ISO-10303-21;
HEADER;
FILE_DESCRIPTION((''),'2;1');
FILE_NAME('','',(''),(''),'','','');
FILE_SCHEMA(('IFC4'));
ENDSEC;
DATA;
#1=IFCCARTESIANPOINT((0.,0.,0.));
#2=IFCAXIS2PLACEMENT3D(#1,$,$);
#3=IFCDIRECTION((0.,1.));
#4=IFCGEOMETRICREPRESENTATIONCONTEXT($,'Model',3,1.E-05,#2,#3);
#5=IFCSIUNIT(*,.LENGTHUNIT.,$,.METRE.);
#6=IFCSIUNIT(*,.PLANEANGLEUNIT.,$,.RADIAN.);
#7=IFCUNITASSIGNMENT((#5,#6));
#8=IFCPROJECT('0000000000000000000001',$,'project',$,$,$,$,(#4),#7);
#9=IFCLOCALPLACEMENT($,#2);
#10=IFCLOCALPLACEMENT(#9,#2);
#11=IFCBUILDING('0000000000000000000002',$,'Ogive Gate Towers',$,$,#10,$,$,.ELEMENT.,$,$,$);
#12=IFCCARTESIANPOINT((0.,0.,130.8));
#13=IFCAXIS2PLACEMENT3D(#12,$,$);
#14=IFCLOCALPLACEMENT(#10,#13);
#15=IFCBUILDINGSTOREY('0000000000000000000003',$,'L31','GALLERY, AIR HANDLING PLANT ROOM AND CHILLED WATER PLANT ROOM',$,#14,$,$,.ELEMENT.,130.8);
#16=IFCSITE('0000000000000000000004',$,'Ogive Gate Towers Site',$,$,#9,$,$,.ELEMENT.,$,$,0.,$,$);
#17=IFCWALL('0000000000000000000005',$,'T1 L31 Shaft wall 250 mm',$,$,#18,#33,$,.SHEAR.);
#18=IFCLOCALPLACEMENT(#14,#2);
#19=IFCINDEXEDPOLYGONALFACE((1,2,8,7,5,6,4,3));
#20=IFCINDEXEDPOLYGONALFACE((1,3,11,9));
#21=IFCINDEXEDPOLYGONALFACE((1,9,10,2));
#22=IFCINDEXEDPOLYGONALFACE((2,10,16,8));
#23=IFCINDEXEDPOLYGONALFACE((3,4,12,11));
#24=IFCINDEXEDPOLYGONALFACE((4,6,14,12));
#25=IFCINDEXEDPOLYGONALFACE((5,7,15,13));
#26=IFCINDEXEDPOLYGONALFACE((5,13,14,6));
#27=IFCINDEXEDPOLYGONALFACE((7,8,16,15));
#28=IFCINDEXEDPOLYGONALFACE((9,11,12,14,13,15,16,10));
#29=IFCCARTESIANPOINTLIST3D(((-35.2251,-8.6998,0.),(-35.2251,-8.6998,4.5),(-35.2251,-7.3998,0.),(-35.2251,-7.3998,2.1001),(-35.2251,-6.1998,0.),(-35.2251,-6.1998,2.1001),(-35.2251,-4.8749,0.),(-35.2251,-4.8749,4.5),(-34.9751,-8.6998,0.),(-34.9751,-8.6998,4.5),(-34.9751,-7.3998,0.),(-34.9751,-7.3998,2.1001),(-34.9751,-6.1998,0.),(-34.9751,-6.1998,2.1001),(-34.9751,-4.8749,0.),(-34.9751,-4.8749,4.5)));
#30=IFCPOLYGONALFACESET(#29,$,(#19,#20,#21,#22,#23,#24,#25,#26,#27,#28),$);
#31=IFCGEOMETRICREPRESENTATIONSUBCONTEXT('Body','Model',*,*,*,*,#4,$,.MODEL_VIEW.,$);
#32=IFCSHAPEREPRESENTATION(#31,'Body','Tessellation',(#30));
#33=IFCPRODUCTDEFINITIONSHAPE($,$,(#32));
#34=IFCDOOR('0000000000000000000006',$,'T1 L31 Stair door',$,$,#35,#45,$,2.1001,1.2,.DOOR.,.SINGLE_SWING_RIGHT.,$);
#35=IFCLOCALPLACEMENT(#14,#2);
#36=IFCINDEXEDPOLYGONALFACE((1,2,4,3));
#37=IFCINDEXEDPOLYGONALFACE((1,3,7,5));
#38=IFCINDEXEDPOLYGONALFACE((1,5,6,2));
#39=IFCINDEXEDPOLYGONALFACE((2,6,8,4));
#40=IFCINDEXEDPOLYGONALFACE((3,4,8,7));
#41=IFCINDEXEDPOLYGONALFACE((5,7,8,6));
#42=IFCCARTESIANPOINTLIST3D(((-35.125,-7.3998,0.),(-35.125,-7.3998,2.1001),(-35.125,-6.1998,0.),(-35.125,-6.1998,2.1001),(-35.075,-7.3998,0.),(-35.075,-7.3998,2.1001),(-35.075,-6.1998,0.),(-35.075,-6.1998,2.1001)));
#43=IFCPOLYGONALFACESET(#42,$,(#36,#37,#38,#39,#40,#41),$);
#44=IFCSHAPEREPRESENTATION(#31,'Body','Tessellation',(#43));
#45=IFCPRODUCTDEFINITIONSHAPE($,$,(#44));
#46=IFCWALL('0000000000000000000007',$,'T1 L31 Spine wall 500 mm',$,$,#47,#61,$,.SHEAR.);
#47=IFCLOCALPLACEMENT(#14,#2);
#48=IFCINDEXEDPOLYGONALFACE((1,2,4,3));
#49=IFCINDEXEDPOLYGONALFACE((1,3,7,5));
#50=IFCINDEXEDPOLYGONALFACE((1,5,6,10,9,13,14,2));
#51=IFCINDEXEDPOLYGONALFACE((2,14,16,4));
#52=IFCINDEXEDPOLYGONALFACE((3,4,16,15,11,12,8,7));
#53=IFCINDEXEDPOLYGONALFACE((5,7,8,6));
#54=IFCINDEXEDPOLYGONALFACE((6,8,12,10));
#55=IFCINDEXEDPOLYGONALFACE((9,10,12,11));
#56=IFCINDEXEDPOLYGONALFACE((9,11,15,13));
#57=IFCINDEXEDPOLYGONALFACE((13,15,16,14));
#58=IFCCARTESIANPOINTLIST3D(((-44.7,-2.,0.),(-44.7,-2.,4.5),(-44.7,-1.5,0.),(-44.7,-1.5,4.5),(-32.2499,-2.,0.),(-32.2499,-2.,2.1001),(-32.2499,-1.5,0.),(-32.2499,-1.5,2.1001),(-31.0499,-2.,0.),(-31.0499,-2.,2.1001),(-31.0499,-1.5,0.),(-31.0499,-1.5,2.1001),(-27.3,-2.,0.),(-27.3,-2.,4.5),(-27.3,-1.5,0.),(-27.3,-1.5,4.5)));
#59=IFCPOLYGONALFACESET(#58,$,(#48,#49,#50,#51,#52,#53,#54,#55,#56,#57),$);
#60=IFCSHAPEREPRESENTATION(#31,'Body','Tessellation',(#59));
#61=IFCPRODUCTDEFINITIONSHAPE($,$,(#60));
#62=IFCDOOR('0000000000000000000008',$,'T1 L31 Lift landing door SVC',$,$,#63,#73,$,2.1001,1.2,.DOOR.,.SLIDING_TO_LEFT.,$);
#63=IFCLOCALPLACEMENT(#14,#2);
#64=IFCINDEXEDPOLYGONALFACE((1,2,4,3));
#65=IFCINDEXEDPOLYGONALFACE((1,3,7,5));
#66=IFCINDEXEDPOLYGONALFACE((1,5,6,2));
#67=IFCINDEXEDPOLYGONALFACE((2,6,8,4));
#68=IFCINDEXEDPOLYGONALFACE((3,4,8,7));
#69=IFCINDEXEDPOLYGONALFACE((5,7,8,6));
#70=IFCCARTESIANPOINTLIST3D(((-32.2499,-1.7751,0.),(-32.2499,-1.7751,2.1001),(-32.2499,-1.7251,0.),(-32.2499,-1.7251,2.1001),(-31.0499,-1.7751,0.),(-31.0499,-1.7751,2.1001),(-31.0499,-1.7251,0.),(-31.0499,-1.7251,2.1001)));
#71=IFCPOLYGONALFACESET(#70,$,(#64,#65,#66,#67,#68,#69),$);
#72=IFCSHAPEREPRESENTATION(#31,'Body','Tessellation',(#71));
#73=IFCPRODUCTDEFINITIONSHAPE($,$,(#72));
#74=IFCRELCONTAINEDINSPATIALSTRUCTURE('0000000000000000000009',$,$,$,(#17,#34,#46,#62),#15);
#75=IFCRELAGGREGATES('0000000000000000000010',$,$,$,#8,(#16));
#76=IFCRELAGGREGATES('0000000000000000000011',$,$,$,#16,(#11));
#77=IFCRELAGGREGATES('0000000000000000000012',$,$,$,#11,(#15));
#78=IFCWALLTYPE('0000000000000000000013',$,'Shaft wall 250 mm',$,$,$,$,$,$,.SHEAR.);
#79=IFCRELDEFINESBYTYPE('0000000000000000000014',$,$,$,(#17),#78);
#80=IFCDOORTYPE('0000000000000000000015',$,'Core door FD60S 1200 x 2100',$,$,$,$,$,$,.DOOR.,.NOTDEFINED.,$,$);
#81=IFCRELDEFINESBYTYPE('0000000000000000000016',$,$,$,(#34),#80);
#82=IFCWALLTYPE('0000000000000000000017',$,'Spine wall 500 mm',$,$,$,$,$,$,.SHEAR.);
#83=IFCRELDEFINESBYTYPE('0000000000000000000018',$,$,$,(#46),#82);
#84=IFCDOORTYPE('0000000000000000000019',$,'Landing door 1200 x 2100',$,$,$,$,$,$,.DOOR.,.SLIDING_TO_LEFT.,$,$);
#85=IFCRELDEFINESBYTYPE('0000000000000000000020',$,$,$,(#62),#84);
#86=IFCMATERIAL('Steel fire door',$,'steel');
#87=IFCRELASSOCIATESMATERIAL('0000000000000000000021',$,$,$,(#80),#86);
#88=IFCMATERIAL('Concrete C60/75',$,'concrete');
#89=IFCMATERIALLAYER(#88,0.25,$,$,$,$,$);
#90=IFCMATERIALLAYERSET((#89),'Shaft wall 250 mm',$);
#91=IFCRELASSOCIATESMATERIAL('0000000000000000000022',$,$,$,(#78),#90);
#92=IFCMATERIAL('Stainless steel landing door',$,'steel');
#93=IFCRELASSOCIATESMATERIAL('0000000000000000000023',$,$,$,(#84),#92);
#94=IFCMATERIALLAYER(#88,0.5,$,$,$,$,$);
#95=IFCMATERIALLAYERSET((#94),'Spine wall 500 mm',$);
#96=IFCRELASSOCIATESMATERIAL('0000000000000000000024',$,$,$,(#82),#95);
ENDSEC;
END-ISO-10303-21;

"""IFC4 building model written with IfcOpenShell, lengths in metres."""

from ifc_helpers import new_model, si_unit, direction, frame, frame_2d, origin, place, context, subcontext, project, spatial, rectangle, extrude, material, layer, layer_set, type_object, element, fill, save


model = new_model("IFC4")

# Units and contexts
model_context = context("Model", 3, precision=1e-05, world=origin(), true_north=direction((0.0, 1.0)))
body_context = subcontext(model_context, "Body", "Model", "MODEL_VIEW")
ifc_project = project(units=[si_unit("LENGTHUNIT", "METRE"), si_unit("PLANEANGLEUNIT", "RADIAN")], contexts=[model_context])

# Site, building, storey
site_placement = place(None, origin())
site = spatial("IfcSite", under=ifc_project, at=site_placement, Name="Ogive Gate Towers Site", CompositionType="ELEMENT", RefElevation=0.0)
building_placement = place(site_placement, origin())
building = spatial("IfcBuilding", under=site, at=building_placement, Name="Ogive Gate Towers", CompositionType="ELEMENT")
storey_placement = place(building_placement, frame((0.0, 0.0, 130.8)))
storey = spatial("IfcBuildingStorey", under=building, at=storey_placement, Name="L31", Description="GALLERY, AIR HANDLING PLANT ROOM AND CHILLED WATER PLANT ROOM", CompositionType="ELEMENT", Elevation=130.8)

# Shared definitions
ifc_material_1 = material(Name="Steel fire door", Category="steel")
ifc_material_2 = material(Name="Concrete C60/75", Category="concrete")
door_type_1 = type_object("IfcDoorType", Name="Core door FD60S 1200 x 2100", OperationType="NOTDEFINED", PredefinedType="DOOR", material=ifc_material_1)

# Shared definitions
ifc_layer_1 = layer(ifc_material_2, 0.25)
ifc_layer_set_1 = layer_set([ifc_layer_1], Name="Shaft wall 250 mm")
wall_type_1 = type_object("IfcWallType", Name="Shaft wall 250 mm", PredefinedType="SHEAR", material=ifc_layer_set_1)

# Walls, openings, doors
ifc_material_3 = material(Name="Stainless steel landing door", Category="steel")
door_type_2 = type_object("IfcDoorType", Name="Landing door 1200 x 2100", OperationType="SLIDING_TO_LEFT", PredefinedType="DOOR", material=ifc_material_3)
wall_1_placement = place(storey_placement, frame((-35.1001, -8.7, 0.0), z_axis=(0.0, 0.0, 1.0), x_axis=(0.0, 1.0, 0.0)))
wall_1 = element("IfcWall", 1, at=wall_1_placement, inside=storey, type_object=wall_type_1, Name="T1 L31 Shaft wall 250 mm", PredefinedType="SHEAR", context=body_context, shape_type="SweptSolid", body=[
    extrude(rectangle(XDim=3.825, YDim=0.25, at=frame_2d((1.9126, 0.0))), origin(), (0.0, 0.0, 1.0), 4.5),
])
opening_1_placement = place(wall_1_placement, frame((1.3, 0.0, 0.0)))
opening_1 = element("IfcOpeningElement", 2, at=opening_1_placement, cuts=wall_1, PredefinedType="OPENING", context=body_context, shape_type="SweptSolid", body=[
    extrude(rectangle(XDim=1.2, YDim=2.1001, at=frame_2d((0.6001, 1.05))), frame((0.0, 0.135, 0.0), z_axis=(0.0, -1.0, 0.0), x_axis=(1.0, 0.0, 0.0)), (0.0, 0.0, 1.0), 0.27),
])
door_1_placement = place(opening_1_placement, origin())
door_1 = element("IfcDoor", 3, at=door_1_placement, inside=storey, type_object=door_type_1, Name="T1 L31 Stair door", OperationType="SINGLE_SWING_RIGHT", OverallHeight=2.1001, OverallWidth=1.2, PredefinedType="DOOR", context=body_context, shape_type="SweptSolid", body=[
    extrude(rectangle(XDim=1.2, YDim=2.1001, at=frame_2d((0.6001, 1.05))), frame((0.0, 0.0249, 0.0), z_axis=(0.0, -1.0, 0.0), x_axis=(1.0, 0.0, 0.0)), (0.0, 0.0, 1.0), 0.05),
])
fill(opening_1, door_1)
ifc_layer_2 = layer(ifc_material_2, 0.5)
ifc_layer_set_2 = layer_set([ifc_layer_2], Name="Spine wall 500 mm")
wall_type_2 = type_object("IfcWallType", Name="Spine wall 500 mm", PredefinedType="SHEAR", material=ifc_layer_set_2)
wall_2_placement = place(storey_placement, frame((-44.7, -1.75, 0.0), z_axis=(0.0, 0.0, 1.0), x_axis=(1.0, 0.0, 0.0)))
wall_2 = element("IfcWall", 4, at=wall_2_placement, inside=storey, type_object=wall_type_2, Name="T1 L31 Spine wall 500 mm", PredefinedType="SHEAR", context=body_context, shape_type="SweptSolid", body=[
    extrude(rectangle(XDim=17.3999, YDim=0.5, at=frame_2d((8.7, 0.0))), origin(), (0.0, 0.0, 1.0), 4.5),
])
opening_2_placement = place(wall_2_placement, frame((12.45, 0.0, 0.0)))
opening_2 = element("IfcOpeningElement", 5, at=opening_2_placement, cuts=wall_2, PredefinedType="OPENING", context=body_context, shape_type="SweptSolid", body=[
    extrude(rectangle(XDim=1.2, YDim=2.1001, at=frame_2d((0.6001, 1.05))), frame((0.0, 0.26, 0.0), z_axis=(0.0, -1.0, 0.0), x_axis=(1.0, 0.0, 0.0)), (0.0, 0.0, 1.0), 0.52),
])
door_2_placement = place(opening_2_placement, origin())
door_2 = element("IfcDoor", 6, at=door_2_placement, inside=storey, type_object=door_type_2, Name="T1 L31 Lift landing door SVC", OperationType="SLIDING_TO_LEFT", OverallHeight=2.1001, OverallWidth=1.2, PredefinedType="DOOR", context=body_context, shape_type="SweptSolid", body=[
    extrude(rectangle(XDim=1.2, YDim=2.1001, at=frame_2d((0.6001, 1.05))), frame((0.0, 0.0249, 0.0), z_axis=(0.0, -1.0, 0.0), x_axis=(1.0, 0.0, 0.0)), (0.0, 0.0, 1.0), 0.05),
])
fill(opening_2, door_2)

save(model, "model.ifc")
